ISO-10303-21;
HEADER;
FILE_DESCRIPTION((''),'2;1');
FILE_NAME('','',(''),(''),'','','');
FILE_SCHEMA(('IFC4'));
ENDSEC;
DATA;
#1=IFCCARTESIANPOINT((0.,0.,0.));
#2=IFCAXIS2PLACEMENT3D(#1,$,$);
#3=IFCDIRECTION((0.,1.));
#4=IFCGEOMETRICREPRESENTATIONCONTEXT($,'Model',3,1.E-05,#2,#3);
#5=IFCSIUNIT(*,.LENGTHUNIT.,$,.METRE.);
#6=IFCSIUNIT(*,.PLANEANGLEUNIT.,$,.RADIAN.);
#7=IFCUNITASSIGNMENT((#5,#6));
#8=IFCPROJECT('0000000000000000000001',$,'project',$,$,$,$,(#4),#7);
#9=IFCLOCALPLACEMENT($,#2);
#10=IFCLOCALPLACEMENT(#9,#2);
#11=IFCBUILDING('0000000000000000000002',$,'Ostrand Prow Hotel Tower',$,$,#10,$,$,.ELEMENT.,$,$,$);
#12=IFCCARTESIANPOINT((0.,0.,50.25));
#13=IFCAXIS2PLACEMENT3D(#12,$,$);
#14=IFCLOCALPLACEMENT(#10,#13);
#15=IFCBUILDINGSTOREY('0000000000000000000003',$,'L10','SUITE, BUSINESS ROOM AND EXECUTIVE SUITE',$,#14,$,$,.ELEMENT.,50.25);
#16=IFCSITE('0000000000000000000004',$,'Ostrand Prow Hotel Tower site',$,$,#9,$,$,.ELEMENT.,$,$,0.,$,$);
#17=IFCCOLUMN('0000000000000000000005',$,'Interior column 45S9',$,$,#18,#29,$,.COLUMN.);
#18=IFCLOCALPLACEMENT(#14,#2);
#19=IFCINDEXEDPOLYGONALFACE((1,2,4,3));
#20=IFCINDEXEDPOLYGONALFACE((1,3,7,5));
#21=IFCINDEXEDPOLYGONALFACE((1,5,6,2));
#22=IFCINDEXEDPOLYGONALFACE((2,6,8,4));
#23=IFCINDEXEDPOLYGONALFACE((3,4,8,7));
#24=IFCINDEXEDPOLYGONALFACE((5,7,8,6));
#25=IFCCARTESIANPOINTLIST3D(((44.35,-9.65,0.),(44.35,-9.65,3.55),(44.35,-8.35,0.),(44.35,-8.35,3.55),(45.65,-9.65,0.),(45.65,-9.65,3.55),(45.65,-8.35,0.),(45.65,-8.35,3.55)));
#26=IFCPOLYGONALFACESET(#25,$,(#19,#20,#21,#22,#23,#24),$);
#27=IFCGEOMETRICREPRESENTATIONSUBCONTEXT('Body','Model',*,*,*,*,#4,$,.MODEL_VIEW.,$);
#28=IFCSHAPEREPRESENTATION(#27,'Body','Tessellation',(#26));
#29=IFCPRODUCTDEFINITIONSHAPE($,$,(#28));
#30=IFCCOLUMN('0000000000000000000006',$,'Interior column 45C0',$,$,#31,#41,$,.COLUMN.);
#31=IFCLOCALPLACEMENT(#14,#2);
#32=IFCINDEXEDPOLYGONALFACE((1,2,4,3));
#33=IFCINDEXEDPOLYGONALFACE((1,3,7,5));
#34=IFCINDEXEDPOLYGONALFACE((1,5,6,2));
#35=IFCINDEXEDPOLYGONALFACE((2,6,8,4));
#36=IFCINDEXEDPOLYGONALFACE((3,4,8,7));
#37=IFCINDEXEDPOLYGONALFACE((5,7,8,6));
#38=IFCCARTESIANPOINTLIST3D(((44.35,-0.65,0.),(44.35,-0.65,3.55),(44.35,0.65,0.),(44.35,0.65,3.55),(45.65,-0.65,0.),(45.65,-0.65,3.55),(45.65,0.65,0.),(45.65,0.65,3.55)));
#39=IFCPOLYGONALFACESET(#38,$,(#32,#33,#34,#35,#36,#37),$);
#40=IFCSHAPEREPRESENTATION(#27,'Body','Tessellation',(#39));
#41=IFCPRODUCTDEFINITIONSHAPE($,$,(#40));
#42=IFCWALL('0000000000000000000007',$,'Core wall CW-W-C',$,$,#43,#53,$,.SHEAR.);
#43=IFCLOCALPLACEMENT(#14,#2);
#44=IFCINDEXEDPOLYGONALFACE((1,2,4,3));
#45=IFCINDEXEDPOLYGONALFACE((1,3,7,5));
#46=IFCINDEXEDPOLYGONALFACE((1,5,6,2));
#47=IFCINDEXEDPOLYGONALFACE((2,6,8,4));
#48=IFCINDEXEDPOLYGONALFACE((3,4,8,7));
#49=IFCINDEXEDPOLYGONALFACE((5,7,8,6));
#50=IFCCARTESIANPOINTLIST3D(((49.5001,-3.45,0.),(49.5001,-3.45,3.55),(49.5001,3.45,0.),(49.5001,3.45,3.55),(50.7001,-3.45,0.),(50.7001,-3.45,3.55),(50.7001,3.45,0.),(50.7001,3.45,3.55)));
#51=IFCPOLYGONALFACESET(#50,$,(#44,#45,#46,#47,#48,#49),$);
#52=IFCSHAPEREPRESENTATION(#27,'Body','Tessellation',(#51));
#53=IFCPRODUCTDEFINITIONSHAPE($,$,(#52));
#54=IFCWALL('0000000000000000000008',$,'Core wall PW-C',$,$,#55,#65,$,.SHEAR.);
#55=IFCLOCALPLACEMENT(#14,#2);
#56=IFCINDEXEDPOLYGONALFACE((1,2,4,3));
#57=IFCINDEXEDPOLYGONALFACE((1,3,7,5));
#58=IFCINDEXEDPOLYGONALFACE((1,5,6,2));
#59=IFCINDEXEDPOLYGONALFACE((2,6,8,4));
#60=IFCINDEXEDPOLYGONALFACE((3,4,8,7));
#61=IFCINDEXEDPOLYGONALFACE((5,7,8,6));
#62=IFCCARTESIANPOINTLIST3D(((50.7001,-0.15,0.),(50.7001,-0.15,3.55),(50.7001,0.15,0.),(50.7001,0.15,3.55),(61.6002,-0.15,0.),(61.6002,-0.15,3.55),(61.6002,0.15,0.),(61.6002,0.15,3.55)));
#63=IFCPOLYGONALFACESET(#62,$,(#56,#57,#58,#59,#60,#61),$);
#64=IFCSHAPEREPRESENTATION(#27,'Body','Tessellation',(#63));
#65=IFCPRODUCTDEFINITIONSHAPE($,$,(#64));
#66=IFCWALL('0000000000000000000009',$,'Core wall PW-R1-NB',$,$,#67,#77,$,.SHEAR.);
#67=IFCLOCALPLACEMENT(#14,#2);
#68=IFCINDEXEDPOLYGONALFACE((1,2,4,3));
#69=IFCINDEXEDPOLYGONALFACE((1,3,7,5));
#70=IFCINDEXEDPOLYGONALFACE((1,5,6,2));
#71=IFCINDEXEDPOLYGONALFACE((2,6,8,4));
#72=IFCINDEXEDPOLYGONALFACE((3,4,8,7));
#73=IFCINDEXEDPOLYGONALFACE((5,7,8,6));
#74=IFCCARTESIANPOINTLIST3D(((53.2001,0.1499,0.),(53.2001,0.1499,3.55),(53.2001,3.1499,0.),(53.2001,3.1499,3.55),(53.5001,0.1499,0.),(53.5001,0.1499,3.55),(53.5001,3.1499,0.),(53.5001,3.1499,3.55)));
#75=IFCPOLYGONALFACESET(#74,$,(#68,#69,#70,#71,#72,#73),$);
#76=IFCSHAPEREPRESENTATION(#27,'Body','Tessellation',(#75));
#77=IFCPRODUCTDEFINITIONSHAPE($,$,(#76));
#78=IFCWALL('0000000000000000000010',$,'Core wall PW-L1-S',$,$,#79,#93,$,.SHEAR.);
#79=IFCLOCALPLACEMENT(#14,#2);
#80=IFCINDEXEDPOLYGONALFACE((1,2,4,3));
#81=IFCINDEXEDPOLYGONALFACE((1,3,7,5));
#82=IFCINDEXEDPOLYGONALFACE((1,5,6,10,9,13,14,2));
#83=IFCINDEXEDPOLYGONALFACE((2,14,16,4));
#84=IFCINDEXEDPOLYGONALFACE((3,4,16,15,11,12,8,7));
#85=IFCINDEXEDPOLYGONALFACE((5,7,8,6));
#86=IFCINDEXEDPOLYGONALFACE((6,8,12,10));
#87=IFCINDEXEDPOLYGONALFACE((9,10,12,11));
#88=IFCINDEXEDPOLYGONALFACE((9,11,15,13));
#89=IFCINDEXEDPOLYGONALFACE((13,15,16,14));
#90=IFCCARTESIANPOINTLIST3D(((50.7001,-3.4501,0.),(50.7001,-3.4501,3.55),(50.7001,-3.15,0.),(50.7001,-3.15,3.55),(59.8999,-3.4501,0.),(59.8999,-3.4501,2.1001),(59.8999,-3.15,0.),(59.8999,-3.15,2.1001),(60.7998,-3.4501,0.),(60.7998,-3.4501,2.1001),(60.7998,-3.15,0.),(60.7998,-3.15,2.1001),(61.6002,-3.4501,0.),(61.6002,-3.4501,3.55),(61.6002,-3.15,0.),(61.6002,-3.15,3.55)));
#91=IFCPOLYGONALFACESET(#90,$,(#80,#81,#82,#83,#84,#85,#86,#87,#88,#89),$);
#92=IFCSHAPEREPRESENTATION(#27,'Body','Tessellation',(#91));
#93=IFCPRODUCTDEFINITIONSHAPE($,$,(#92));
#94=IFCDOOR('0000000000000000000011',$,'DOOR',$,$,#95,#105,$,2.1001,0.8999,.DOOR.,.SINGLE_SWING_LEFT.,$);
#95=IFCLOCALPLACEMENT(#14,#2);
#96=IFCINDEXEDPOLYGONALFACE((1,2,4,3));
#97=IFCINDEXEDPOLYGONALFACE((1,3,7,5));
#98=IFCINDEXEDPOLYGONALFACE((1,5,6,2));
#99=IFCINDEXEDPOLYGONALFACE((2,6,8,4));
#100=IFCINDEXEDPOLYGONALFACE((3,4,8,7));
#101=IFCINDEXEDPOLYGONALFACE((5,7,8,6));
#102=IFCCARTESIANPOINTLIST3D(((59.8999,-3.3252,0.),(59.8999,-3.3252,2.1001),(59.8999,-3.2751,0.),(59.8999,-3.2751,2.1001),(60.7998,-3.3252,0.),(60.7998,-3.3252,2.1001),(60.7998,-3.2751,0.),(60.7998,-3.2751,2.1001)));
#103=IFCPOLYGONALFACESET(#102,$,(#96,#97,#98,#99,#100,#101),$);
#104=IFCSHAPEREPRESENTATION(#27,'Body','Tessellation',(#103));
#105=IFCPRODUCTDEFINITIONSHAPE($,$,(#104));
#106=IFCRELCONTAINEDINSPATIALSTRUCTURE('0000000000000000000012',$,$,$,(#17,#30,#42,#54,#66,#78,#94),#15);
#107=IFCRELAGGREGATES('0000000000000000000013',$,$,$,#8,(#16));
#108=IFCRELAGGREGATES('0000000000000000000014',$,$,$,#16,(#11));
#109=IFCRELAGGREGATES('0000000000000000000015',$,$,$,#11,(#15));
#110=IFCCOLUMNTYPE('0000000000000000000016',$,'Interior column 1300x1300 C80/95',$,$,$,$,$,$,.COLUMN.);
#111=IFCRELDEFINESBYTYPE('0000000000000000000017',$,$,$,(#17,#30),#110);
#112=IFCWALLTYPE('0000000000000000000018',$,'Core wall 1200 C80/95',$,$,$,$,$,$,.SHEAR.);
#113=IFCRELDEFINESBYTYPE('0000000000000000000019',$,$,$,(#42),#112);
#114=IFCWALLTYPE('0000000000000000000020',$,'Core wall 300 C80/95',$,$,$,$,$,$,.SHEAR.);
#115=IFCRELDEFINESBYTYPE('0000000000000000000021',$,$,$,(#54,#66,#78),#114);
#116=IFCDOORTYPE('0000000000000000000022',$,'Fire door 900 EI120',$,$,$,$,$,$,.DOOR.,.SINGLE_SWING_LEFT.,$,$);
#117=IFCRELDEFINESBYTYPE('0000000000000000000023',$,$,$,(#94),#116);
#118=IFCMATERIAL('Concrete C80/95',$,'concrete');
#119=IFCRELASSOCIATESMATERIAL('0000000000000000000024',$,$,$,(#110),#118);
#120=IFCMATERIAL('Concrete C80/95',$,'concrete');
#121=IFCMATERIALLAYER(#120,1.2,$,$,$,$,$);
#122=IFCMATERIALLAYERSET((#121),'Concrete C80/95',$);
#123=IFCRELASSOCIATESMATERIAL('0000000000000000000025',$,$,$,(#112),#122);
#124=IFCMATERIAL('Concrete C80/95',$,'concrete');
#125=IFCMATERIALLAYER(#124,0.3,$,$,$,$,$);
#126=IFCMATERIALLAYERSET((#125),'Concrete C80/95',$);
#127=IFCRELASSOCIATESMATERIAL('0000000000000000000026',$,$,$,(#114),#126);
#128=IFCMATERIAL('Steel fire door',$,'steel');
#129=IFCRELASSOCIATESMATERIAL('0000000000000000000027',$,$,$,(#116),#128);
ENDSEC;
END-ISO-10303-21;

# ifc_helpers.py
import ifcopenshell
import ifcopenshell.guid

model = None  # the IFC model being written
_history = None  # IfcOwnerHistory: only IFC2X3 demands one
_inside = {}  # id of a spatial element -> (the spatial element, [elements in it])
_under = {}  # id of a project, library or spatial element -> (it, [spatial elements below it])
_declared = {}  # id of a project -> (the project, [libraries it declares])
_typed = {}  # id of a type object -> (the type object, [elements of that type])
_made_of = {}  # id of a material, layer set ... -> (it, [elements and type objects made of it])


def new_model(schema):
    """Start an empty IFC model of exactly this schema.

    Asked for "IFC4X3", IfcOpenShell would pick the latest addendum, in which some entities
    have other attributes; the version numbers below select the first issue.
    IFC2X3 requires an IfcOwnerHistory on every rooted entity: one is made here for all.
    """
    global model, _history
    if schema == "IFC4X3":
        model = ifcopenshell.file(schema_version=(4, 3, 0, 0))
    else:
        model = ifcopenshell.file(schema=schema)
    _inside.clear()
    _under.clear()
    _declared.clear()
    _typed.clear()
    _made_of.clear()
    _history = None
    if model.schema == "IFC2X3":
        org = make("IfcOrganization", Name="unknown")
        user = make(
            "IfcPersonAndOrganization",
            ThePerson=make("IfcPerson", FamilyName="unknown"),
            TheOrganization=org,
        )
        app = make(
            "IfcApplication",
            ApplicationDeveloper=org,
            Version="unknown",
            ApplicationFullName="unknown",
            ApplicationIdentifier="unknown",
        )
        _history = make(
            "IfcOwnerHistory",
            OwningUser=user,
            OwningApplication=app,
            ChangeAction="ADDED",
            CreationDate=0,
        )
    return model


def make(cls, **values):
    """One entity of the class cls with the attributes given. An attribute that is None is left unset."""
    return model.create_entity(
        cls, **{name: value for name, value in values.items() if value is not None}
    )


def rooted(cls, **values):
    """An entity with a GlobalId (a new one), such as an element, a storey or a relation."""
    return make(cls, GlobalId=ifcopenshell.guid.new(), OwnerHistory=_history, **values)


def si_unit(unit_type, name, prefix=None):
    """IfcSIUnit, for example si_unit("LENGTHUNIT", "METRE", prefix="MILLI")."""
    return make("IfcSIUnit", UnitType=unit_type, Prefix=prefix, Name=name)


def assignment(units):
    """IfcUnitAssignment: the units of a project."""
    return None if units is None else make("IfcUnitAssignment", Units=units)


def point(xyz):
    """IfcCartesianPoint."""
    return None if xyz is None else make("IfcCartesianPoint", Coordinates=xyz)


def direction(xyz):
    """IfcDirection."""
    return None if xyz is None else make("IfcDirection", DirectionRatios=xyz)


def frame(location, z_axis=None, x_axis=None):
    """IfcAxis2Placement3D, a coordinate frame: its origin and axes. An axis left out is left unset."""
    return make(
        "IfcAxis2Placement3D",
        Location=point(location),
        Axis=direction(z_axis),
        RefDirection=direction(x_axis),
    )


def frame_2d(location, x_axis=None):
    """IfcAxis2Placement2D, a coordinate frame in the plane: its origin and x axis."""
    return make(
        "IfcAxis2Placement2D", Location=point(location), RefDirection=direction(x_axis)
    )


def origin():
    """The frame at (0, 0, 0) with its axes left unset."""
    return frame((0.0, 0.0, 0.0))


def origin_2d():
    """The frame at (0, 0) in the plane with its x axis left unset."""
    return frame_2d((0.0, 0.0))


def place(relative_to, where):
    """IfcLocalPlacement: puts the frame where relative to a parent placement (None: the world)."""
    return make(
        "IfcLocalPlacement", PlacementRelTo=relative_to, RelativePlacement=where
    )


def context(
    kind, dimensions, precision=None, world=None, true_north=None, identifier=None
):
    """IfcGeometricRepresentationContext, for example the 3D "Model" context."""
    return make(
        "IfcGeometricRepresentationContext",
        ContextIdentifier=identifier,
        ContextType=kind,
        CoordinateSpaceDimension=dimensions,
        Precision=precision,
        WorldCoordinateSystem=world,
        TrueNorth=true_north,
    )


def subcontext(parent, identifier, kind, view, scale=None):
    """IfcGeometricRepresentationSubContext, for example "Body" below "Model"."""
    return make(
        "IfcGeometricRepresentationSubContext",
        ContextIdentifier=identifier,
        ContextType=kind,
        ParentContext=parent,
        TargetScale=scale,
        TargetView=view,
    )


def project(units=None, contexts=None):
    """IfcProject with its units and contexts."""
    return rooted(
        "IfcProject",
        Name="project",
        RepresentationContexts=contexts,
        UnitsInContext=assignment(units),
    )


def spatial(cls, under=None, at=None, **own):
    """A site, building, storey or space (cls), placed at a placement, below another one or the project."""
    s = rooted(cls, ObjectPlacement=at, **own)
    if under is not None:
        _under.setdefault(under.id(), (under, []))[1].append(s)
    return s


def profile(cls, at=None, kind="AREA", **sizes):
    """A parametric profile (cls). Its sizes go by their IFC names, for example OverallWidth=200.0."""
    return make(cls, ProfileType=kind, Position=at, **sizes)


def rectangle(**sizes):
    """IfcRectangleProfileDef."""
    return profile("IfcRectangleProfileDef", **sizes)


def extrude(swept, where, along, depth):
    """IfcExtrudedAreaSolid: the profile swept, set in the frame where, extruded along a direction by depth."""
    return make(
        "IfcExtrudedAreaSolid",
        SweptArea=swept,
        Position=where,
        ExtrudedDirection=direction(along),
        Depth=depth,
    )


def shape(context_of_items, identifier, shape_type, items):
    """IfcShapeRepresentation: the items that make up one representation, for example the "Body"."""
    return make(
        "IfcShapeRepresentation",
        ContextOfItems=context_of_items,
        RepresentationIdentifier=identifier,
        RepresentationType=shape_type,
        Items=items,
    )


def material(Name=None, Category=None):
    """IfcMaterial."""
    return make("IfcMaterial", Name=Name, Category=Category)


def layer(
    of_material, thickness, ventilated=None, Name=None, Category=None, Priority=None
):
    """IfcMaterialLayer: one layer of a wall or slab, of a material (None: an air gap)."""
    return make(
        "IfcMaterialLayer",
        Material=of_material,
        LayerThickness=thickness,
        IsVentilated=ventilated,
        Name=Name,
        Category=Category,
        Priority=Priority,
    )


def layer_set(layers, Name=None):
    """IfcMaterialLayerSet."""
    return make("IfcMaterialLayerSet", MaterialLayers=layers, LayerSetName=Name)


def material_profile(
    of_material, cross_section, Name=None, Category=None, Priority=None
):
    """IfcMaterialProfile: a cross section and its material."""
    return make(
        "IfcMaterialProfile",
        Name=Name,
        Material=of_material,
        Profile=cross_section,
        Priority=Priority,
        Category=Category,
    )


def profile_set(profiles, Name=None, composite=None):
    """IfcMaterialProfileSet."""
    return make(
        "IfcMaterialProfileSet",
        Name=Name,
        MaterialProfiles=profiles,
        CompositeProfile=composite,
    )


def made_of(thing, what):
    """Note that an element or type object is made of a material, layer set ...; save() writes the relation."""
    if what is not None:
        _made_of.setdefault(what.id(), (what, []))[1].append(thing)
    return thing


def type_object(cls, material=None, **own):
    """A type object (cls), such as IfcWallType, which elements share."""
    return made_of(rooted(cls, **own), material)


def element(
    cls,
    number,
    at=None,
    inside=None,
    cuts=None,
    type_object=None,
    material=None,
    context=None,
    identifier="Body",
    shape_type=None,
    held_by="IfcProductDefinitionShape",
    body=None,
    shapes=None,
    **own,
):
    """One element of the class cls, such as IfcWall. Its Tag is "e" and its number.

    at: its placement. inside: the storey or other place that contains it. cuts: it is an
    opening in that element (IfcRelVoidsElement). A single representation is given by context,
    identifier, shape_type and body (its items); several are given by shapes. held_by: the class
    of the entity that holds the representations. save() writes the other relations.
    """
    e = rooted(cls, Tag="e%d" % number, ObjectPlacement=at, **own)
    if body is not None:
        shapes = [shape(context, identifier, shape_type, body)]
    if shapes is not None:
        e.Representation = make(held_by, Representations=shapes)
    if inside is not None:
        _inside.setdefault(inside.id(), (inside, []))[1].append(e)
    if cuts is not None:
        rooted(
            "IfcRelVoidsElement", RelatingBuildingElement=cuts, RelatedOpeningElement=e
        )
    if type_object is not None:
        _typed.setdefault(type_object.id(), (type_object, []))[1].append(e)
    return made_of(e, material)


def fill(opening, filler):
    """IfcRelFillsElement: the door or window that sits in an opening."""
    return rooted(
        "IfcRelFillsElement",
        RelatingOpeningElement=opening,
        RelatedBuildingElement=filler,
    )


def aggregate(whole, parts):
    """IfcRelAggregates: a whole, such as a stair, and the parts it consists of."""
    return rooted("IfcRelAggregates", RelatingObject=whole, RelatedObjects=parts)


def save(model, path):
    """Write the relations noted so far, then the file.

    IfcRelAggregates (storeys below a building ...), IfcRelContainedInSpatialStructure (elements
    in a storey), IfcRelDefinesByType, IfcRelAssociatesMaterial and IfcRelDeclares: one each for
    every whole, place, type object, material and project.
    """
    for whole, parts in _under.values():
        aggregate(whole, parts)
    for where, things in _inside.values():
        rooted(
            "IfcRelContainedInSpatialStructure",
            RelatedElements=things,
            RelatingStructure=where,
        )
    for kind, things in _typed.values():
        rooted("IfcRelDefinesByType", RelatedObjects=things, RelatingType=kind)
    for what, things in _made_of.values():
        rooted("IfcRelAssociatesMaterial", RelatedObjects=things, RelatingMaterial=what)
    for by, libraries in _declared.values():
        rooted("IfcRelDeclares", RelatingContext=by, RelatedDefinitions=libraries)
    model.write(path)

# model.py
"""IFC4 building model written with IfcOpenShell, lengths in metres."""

from ifc_helpers import new_model, si_unit, direction, frame, frame_2d, origin, origin_2d, place, context, subcontext, project, spatial, rectangle, extrude, material, layer, layer_set, material_profile, profile_set, type_object, element, fill, save


model = new_model("IFC4")

# Units and contexts
model_context = context("Model", 3, precision=1e-05, world=origin(), true_north=direction((0.0, 1.0)))
body_context = subcontext(model_context, "Body", "Model", "MODEL_VIEW")
ifc_project = project(units=[si_unit("LENGTHUNIT", "METRE"), si_unit("PLANEANGLEUNIT", "RADIAN")], contexts=[model_context])

# Site, building, storey
site_placement = place(None, origin())
site = spatial("IfcSite", under=ifc_project, at=site_placement, Name="Ostrand Prow Hotel Tower site", CompositionType="ELEMENT", RefElevation=0.0)
building_placement = place(site_placement, origin())
building = spatial("IfcBuilding", under=site, at=building_placement, Name="Ostrand Prow Hotel Tower", CompositionType="ELEMENT")
storey_placement = place(building_placement, frame((0.0, 0.0, 50.25)))
storey = spatial("IfcBuildingStorey", under=building, at=storey_placement, Name="L10", Description="SUITE, BUSINESS ROOM AND EXECUTIVE SUITE", CompositionType="ELEMENT", Elevation=50.25)

# Columns
ifc_material_1 = material(Name="Concrete C80/95", Category="concrete")
ifc_material_profile = material_profile(ifc_material_1, rectangle(XDim=1.3, YDim=1.3, at=origin_2d()), Name="RC 1300x1300")
ifc_profile_set = profile_set([ifc_material_profile], Name="Concrete C80/95")
column_type = type_object("IfcColumnType", Name="Interior column 1300x1300 C80/95", PredefinedType="COLUMN", material=ifc_profile_set)
for number, where, z_axis, x_axis, name in (
    (1, (45.0, -9.0, 0.0), (0.0, 0.0, 1.0), (1.0, 0.0, 0.0), "Interior column 45S9"),
    (2, (45.0, 0.0, 0.0), (0.0, 0.0, 1.0), (1.0, 0.0, 0.0), "Interior column 45C0"),
):
    element("IfcColumn", number, at=place(storey_placement, frame(where, z_axis=z_axis, x_axis=x_axis)), inside=storey, type_object=column_type, Name=name, PredefinedType="COLUMN", context=body_context, shape_type="SweptSolid", body=[
        extrude(rectangle(XDim=1.3, YDim=1.3, at=origin_2d()), origin(), (0.0, 0.0, 1.0), 3.55),
    ])

# Walls
ifc_material_2 = material(Name="Concrete C80/95", Category="concrete")
ifc_layer_1 = layer(ifc_material_2, 1.2)
ifc_layer_set_1 = layer_set([ifc_layer_1], Name="Concrete C80/95")
wall_type_1 = type_object("IfcWallType", Name="Core wall 1200 C80/95", PredefinedType="SHEAR", material=ifc_layer_set_1)
wall_1_placement = place(storey_placement, frame((50.1001, -3.45, 0.0), z_axis=(0.0, 0.0, 1.0), x_axis=(0.0, 1.0, 0.0)))
element("IfcWall", 3, at=wall_1_placement, inside=storey, type_object=wall_type_1, Name="Core wall CW-W-C", PredefinedType="SHEAR", context=body_context, shape_type="SweptSolid", body=[
    extrude(rectangle(XDim=6.8999, YDim=1.2, at=frame_2d((3.45, 0.0))), origin(), (0.0, 0.0, 1.0), 3.55),
])
ifc_material_3 = material(Name="Concrete C80/95", Category="concrete")
ifc_layer_2 = layer(ifc_material_3, 0.3)
ifc_layer_set_2 = layer_set([ifc_layer_2], Name="Concrete C80/95")
wall_type_2 = type_object("IfcWallType", Name="Core wall 300 C80/95", PredefinedType="SHEAR", material=ifc_layer_set_2)
wall_2_placement = place(storey_placement, frame((50.7, 0.0, 0.0), z_axis=(0.0, 0.0, 1.0), x_axis=(1.0, 0.0, 0.0)))
element("IfcWall", 4, at=wall_2_placement, inside=storey, type_object=wall_type_2, Name="Core wall PW-C", PredefinedType="SHEAR", context=body_context, shape_type="SweptSolid", body=[
    extrude(rectangle(XDim=10.9001, YDim=0.3, at=frame_2d((5.4502, 0.0))), origin(), (0.0, 0.0, 1.0), 3.55),
])
wall_3_placement = place(storey_placement, frame((53.3501, 0.1499, 0.0), z_axis=(0.0, 0.0, 1.0), x_axis=(0.0, 1.0, 0.0)))
element("IfcWall", 5, at=wall_3_placement, inside=storey, type_object=wall_type_2, Name="Core wall PW-R1-NB", PredefinedType="SHEAR", context=body_context, shape_type="SweptSolid", body=[
    extrude(rectangle(XDim=3.0, YDim=0.3, at=frame_2d((1.5, 0.0))), origin(), (0.0, 0.0, 1.0), 3.55),
])

# Wall, opening, door
wall_4_placement = place(storey_placement, frame((50.7, -3.3, 0.0), z_axis=(0.0, 0.0, 1.0), x_axis=(1.0, 0.0, 0.0)))
wall_4 = element("IfcWall", 6, at=wall_4_placement, inside=storey, type_object=wall_type_2, Name="Core wall PW-L1-S", PredefinedType="SHEAR", context=body_context, shape_type="SweptSolid", body=[
    extrude(rectangle(XDim=10.9001, YDim=0.3, at=frame_2d((5.4502, 0.0))), origin(), (0.0, 0.0, 1.0), 3.55),
])
opening_1_placement = place(wall_4_placement, frame((9.2, 0.0, 0.0)))
opening_1 = element("IfcOpeningElement", 7, at=opening_1_placement, cuts=wall_4, PredefinedType="OPENING", context=body_context, shape_type="SweptSolid", body=[
    extrude(rectangle(XDim=0.8999, YDim=2.1001, at=frame_2d((0.45, 1.05))), frame((0.0, 0.1599, 0.0), z_axis=(0.0, -1.0, 0.0), x_axis=(1.0, 0.0, 0.0)), (0.0, 0.0, 1.0), 0.3201),
])
ifc_material_4 = material(Name="Steel fire door", Category="steel")
door_type_1 = type_object("IfcDoorType", Name="Fire door 900 EI120", OperationType="SINGLE_SWING_LEFT", PredefinedType="DOOR", material=ifc_material_4)
door_1_placement = place(opening_1_placement, origin())
door_1 = element("IfcDoor", 8, at=door_1_placement, inside=storey, type_object=door_type_1, Name="DOOR", OperationType="SINGLE_SWING_LEFT", OverallHeight=2.1001, OverallWidth=0.8999, PredefinedType="DOOR", context=body_context, shape_type="SweptSolid", body=[
    extrude(rectangle(XDim=0.8999, YDim=2.1001, at=frame_2d((0.45, 1.05))), frame((0.0, 0.0249, 0.0), z_axis=(0.0, -1.0, 0.0), x_axis=(1.0, 0.0, 0.0)), (0.0, 0.0, 1.0), 0.05),
])
fill(opening_1, door_1)

save(model, "model.ifc")
